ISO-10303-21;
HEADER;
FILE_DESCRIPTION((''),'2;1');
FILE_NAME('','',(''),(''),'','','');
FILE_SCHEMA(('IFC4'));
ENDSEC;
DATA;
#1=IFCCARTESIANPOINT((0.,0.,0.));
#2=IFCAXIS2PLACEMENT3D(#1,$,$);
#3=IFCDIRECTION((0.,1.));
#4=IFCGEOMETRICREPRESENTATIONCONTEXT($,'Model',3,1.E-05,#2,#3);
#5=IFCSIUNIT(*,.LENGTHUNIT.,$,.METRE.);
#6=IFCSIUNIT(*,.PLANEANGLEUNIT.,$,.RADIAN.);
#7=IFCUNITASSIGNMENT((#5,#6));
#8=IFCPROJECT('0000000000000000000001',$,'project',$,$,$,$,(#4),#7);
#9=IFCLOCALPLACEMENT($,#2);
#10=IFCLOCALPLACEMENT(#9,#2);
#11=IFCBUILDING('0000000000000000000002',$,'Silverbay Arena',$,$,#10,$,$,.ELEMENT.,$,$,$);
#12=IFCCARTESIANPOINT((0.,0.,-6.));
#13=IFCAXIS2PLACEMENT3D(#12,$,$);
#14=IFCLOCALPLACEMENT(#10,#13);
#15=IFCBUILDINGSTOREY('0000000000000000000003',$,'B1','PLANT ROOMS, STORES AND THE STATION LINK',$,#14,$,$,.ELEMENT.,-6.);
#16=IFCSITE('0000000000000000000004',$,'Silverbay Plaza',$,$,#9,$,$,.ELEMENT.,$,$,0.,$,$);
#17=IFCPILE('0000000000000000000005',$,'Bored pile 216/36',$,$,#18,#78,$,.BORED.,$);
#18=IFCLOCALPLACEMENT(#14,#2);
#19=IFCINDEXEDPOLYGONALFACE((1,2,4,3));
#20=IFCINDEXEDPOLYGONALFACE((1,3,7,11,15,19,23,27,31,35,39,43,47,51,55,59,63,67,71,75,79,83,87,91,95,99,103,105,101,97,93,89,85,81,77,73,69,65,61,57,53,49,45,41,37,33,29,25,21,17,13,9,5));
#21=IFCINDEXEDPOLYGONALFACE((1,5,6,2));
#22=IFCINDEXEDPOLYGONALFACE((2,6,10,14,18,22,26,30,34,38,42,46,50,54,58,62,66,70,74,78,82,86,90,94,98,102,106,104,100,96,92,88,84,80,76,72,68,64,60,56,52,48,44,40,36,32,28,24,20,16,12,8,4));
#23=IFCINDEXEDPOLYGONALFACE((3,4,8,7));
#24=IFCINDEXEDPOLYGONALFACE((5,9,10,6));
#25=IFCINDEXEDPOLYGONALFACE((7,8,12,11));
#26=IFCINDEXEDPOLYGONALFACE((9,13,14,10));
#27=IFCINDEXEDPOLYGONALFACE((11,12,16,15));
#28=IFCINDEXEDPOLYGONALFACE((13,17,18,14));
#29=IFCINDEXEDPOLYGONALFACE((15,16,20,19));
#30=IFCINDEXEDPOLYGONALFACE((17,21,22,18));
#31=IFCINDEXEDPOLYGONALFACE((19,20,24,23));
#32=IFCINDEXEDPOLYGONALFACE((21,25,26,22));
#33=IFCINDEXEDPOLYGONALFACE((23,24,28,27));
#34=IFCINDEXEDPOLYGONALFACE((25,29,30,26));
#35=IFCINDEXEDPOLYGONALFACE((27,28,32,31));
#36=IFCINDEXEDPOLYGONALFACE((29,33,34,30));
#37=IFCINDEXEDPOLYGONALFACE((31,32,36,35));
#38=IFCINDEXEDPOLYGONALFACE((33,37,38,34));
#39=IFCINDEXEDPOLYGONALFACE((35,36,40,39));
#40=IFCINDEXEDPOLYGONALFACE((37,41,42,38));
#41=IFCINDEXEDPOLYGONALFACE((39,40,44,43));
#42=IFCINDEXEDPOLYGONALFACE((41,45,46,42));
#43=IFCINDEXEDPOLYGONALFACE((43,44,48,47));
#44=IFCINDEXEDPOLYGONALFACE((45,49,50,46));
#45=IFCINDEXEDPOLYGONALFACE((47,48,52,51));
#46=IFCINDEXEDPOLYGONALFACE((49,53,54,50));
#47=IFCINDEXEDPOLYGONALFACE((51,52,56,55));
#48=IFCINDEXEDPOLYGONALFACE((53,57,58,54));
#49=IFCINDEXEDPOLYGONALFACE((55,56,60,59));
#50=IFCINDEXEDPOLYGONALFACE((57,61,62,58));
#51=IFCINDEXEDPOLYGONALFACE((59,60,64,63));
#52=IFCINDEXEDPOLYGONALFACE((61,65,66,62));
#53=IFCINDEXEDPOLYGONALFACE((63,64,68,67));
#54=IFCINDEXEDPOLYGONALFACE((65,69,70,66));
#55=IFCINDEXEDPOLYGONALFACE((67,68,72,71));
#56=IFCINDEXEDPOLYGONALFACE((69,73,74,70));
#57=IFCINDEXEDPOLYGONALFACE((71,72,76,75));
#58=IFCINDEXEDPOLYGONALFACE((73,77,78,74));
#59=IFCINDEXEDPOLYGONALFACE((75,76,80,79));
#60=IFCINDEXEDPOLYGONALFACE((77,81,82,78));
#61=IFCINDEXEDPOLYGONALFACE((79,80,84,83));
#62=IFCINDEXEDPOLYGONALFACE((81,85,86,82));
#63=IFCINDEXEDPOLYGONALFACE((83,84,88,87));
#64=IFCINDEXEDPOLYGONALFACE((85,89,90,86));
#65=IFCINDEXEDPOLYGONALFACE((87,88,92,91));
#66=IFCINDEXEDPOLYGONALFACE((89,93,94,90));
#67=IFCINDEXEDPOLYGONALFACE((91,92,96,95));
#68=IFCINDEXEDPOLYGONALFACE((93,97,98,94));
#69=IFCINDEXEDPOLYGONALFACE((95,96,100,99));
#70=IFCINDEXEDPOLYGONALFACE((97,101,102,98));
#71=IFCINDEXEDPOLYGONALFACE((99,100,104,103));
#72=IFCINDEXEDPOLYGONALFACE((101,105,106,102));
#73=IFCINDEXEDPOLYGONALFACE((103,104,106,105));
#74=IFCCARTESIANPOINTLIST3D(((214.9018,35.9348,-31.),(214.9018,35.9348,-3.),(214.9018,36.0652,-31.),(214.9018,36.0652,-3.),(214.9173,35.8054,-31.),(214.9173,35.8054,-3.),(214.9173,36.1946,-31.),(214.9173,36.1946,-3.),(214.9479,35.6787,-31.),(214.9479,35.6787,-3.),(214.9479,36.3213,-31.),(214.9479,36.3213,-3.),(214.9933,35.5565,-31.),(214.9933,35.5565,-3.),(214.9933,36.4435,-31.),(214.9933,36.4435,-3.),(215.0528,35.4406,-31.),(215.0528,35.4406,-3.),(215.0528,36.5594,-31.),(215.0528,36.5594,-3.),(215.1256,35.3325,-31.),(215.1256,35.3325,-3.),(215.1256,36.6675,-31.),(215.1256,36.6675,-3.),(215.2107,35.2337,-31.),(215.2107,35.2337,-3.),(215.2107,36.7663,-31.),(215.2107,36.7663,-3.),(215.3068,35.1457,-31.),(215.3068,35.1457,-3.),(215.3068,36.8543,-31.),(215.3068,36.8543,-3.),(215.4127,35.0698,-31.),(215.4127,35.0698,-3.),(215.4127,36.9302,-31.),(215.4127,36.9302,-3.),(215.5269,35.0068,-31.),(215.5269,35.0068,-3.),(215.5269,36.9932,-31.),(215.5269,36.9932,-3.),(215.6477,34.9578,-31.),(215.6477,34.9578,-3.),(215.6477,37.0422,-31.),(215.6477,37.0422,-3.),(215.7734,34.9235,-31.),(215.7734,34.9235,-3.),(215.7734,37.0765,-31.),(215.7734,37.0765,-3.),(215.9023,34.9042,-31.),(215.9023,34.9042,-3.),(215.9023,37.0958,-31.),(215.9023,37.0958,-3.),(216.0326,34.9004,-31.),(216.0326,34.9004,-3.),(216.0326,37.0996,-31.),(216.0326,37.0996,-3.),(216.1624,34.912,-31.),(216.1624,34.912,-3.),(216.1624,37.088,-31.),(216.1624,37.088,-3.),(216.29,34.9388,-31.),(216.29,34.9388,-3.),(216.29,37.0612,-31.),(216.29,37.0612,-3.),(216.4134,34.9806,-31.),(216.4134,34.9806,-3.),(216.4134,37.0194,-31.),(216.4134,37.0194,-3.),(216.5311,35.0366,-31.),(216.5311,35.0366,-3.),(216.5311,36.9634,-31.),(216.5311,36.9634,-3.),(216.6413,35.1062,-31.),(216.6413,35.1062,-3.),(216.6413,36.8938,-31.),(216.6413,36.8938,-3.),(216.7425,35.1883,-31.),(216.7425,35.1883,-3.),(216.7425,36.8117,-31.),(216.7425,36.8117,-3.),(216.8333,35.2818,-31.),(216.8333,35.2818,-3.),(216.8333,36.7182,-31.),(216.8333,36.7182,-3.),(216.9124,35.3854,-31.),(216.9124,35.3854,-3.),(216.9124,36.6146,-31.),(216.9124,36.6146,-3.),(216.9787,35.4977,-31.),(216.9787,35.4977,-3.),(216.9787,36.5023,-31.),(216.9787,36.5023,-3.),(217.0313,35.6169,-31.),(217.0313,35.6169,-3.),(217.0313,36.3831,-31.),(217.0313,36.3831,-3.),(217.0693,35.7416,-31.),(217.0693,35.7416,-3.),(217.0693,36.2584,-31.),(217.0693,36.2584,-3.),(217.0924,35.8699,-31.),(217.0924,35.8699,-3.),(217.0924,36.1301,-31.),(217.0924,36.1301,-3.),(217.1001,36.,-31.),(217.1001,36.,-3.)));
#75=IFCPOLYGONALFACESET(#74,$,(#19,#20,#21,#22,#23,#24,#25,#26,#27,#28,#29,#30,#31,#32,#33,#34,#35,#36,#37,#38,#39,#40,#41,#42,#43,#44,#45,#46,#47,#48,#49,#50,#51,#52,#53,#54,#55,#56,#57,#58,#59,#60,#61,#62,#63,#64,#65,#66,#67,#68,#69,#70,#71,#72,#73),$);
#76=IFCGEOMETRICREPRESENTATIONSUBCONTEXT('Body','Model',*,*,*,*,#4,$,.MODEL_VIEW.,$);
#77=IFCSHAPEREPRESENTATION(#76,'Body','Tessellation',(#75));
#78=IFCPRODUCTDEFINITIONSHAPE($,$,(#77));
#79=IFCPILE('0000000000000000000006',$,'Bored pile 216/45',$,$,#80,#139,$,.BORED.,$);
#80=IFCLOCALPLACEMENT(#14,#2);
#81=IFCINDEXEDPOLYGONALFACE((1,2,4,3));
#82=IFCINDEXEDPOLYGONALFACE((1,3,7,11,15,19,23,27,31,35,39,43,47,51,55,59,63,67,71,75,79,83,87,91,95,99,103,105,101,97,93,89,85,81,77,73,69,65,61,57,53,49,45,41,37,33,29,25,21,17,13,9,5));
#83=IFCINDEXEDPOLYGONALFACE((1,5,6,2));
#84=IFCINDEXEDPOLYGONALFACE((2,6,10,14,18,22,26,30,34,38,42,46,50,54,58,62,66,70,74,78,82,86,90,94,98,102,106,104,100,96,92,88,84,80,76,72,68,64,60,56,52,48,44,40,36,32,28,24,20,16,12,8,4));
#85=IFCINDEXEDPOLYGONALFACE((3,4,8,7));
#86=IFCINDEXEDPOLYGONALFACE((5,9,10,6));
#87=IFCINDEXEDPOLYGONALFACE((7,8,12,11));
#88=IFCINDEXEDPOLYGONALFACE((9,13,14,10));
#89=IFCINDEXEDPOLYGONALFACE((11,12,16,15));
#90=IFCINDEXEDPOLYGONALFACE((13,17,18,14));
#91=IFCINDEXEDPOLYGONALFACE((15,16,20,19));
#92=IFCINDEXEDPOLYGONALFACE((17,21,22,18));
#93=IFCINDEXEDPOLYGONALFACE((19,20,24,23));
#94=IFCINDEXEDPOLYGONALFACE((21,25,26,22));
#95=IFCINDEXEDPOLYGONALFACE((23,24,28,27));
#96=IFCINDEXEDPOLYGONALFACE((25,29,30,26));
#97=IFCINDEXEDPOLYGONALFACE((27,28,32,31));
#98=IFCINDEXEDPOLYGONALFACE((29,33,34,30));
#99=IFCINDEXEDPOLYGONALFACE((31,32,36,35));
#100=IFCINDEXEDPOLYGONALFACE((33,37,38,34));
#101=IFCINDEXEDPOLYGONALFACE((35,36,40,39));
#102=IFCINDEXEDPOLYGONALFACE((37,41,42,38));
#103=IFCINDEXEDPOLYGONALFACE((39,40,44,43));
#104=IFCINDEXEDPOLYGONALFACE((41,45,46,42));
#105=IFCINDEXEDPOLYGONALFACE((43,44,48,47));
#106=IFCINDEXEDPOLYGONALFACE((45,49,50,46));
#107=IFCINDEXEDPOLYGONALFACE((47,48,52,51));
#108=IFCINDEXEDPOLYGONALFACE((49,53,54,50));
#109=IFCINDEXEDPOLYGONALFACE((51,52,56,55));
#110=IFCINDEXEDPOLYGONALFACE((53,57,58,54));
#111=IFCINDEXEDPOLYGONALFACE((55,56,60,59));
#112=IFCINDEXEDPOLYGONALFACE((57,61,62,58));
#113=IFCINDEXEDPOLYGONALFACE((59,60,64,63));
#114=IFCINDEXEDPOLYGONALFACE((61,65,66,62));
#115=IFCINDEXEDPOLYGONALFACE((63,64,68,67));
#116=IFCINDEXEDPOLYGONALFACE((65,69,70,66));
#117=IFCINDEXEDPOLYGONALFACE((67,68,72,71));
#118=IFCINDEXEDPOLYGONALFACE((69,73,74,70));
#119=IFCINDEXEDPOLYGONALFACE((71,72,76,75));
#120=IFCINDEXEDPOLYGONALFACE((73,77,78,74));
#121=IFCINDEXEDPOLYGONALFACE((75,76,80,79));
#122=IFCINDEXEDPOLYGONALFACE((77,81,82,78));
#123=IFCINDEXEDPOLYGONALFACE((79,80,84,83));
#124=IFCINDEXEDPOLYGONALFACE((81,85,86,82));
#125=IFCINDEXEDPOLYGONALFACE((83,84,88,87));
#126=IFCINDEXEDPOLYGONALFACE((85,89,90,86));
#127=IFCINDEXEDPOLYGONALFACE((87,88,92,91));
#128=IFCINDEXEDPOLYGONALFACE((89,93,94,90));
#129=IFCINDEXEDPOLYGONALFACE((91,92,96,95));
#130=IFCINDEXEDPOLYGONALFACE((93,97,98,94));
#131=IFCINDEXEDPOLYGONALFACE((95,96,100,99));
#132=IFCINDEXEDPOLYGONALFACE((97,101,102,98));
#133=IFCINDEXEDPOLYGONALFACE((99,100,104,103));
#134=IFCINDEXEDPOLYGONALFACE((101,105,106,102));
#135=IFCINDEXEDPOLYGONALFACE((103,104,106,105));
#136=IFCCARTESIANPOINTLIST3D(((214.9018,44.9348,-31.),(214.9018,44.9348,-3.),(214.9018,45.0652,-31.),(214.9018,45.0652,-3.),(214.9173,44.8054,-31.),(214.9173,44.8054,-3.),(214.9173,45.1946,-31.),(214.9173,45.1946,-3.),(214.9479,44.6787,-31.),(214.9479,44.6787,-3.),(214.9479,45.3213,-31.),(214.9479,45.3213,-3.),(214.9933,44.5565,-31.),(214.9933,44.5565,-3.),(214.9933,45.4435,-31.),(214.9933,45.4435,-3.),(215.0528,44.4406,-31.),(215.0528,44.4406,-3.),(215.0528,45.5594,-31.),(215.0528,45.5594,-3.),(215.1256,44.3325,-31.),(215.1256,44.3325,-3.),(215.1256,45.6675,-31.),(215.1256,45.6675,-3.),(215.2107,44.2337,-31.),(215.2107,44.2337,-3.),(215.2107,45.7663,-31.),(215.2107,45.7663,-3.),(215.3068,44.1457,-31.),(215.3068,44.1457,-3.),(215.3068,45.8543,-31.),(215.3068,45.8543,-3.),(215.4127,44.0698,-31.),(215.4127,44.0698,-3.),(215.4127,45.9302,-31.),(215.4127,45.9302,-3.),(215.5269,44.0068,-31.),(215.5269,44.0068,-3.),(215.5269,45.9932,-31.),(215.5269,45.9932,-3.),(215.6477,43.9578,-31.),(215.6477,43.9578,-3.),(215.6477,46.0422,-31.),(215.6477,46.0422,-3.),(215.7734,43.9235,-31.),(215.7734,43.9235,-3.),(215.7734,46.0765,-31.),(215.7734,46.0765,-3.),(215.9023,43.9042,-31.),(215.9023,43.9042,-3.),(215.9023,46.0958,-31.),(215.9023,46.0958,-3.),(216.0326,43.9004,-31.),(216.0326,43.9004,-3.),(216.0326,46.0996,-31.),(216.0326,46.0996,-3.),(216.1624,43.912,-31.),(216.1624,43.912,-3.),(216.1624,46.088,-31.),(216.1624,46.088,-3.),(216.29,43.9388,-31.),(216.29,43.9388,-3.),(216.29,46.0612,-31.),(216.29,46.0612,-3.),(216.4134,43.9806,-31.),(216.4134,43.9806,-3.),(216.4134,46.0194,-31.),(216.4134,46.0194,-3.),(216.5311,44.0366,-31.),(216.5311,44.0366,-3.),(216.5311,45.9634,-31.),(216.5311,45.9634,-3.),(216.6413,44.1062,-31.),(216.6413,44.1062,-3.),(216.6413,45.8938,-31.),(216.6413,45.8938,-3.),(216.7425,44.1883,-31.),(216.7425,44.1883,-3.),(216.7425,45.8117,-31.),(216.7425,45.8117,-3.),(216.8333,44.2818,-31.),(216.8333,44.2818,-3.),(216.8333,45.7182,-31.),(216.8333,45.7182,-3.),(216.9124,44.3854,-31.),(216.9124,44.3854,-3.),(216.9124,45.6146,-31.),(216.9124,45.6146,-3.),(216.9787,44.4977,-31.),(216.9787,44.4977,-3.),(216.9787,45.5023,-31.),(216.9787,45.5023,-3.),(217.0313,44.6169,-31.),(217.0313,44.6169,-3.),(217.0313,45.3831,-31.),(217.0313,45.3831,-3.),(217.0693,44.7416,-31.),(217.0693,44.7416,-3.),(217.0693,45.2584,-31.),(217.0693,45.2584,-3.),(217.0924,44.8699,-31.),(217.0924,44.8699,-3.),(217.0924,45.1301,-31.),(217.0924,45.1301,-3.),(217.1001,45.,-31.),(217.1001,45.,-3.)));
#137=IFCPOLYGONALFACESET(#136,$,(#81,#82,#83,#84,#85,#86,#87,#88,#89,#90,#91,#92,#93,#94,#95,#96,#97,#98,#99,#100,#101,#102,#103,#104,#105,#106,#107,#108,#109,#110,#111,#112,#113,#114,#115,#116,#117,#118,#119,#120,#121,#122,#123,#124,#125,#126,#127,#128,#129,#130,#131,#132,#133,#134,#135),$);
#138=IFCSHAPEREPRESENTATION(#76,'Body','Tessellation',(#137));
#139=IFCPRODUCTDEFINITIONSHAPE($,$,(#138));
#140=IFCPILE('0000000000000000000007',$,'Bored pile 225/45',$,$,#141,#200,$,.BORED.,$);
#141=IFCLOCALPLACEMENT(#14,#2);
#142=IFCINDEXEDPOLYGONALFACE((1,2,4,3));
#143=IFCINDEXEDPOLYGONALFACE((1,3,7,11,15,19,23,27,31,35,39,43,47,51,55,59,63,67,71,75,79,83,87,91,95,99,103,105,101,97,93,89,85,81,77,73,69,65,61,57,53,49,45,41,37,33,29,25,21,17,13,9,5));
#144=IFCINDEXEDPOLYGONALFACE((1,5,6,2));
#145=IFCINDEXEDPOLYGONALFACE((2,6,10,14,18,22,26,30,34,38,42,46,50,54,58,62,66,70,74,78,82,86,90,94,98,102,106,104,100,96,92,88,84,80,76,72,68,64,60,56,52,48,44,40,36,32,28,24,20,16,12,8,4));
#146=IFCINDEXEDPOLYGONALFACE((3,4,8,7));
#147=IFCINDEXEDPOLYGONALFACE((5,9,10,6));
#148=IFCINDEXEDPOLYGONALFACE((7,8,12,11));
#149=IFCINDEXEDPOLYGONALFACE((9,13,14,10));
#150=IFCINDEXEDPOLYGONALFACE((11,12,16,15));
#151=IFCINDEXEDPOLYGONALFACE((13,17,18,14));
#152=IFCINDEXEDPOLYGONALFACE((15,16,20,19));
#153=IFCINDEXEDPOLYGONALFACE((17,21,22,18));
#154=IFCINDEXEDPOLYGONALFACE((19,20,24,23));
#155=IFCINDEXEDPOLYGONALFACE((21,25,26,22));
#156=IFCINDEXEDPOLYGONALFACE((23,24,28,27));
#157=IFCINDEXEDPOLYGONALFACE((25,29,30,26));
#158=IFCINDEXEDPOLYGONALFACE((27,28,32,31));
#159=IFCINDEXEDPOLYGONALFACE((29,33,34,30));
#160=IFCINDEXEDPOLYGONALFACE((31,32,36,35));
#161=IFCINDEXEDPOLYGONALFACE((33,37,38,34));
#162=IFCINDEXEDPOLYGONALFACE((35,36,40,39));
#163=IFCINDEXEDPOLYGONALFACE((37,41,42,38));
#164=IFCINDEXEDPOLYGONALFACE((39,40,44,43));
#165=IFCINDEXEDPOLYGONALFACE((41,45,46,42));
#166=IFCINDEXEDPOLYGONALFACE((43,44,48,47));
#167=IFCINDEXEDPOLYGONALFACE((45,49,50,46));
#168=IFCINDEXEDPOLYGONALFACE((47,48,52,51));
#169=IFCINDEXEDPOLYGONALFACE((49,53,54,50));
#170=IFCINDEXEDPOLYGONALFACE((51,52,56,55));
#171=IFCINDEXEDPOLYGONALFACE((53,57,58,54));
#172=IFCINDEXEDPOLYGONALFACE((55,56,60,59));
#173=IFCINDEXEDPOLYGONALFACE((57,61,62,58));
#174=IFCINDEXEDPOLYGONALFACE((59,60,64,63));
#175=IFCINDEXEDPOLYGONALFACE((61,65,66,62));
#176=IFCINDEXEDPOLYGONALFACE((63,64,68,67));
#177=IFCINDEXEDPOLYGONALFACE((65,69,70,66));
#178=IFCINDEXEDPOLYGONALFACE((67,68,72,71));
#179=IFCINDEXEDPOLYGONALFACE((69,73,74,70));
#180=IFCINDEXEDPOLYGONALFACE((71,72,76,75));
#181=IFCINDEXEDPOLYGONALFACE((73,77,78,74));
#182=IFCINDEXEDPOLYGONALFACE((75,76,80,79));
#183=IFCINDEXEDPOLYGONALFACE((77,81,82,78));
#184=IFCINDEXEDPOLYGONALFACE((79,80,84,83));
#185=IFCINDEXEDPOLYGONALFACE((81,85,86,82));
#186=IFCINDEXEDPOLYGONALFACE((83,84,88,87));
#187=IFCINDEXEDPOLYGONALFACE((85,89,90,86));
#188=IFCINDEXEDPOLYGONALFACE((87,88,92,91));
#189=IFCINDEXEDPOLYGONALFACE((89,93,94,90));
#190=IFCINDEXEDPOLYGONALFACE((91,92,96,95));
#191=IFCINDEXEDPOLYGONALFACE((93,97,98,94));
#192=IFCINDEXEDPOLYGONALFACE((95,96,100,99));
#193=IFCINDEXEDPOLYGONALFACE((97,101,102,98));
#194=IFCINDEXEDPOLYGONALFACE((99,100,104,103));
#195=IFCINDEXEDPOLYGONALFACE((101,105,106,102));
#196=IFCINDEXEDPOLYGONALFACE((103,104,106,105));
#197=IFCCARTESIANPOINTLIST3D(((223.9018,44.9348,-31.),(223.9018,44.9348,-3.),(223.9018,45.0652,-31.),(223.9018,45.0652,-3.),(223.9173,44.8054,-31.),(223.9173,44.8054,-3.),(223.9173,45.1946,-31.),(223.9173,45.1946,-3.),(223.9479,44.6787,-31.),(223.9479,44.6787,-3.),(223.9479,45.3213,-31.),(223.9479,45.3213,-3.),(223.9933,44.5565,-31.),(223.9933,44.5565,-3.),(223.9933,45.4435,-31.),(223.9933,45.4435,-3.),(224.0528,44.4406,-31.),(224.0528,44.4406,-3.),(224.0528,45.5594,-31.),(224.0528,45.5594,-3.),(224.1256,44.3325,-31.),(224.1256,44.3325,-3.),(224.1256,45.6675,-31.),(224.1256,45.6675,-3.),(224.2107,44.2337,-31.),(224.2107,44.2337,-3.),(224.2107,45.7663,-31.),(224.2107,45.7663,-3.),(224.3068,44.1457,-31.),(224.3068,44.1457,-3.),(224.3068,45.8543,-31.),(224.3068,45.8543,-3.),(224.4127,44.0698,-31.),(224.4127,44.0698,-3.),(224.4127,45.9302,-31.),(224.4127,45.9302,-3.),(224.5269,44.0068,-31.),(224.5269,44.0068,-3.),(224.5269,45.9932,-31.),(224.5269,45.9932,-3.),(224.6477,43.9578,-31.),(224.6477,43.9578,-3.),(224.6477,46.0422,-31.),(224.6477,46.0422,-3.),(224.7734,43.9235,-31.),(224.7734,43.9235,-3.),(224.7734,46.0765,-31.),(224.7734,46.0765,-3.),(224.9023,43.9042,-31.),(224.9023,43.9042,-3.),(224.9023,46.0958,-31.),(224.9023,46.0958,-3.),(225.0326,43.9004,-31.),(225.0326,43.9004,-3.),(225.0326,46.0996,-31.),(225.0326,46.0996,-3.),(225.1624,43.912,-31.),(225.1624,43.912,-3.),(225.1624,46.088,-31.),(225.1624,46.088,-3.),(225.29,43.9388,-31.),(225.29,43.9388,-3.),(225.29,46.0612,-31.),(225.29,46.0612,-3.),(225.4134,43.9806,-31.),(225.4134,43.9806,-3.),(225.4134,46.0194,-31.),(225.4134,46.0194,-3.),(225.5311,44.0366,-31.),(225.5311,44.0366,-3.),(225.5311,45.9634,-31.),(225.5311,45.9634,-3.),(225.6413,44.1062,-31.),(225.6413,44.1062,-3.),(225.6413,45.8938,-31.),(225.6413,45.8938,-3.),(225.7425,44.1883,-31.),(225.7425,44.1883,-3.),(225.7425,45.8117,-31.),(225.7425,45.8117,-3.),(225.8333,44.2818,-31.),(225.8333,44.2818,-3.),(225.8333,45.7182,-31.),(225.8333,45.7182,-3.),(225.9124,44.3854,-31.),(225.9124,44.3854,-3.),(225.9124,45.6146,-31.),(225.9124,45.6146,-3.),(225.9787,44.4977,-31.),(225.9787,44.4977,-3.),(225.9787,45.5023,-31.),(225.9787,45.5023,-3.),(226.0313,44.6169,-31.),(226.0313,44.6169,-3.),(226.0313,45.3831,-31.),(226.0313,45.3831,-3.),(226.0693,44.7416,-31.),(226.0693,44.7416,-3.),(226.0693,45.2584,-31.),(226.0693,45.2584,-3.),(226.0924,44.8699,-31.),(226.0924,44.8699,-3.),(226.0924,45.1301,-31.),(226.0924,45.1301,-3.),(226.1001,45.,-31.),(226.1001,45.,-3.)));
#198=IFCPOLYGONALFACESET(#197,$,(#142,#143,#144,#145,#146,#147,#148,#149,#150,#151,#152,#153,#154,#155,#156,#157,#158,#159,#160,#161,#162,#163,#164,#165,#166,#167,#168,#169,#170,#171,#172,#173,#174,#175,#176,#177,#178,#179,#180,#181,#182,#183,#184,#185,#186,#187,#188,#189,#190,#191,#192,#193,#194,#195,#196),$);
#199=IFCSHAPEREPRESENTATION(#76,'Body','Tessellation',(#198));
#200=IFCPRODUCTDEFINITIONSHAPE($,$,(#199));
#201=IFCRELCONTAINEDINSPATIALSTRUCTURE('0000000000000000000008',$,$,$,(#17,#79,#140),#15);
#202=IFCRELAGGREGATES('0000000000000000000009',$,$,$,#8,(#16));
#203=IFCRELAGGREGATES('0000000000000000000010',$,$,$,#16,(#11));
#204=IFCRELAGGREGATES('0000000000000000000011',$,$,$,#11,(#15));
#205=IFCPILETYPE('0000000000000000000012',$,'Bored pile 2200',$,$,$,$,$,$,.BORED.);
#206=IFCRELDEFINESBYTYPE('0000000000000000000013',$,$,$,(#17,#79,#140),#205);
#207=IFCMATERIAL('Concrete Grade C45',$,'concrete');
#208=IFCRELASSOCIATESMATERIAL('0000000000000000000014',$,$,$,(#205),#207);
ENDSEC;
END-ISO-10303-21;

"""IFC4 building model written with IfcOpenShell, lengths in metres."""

from ifc_helpers import new_model, si_unit, direction, frame, origin, origin_2d, place, context, subcontext, project, spatial, circle, extrude, material, material_profile, profile_set, type_object, element, save


model = new_model("IFC4")

# Units and contexts
model_context = context("Model", 3, precision=1e-05, world=origin(), true_north=direction((0.0, 1.0)))
body_context = subcontext(model_context, "Body", "Model", "MODEL_VIEW")
ifc_project = project(units=[si_unit("LENGTHUNIT", "METRE"), si_unit("PLANEANGLEUNIT", "RADIAN")], contexts=[model_context])

# Site, building, storey
site_placement = place(None, origin())
site = spatial("IfcSite", under=ifc_project, at=site_placement, Name="Silverbay Plaza", CompositionType="ELEMENT", RefElevation=0.0)
building_placement = place(site_placement, origin())
building = spatial("IfcBuilding", under=site, at=building_placement, Name="Silverbay Arena", CompositionType="ELEMENT")
storey_placement = place(building_placement, frame((0.0, 0.0, -6.0)))
storey = spatial("IfcBuildingStorey", under=building, at=storey_placement, Name="B1", Description="PLANT ROOMS, STORES AND THE STATION LINK", CompositionType="ELEMENT", Elevation=-6.0)

# Piles
ifc_material_1 = material(Name="Concrete Grade C45", Category="concrete")
ifc_material_profile_1 = material_profile(ifc_material_1, circle(Radius=1.1001, at=origin_2d()), Name="Bored pile 2200")
ifc_profile_set_1 = profile_set([ifc_material_profile_1], Name="Concrete Grade C45")
pile_type_1 = type_object("IfcPileType", Name="Bored pile 2200", PredefinedType="BORED", material=ifc_profile_set_1)
for number, where, z_axis, x_axis, name in (
    (1, (216.0, 36.0, -3.0), (0.0, 0.0, -1.0), (1.0, 0.0, 0.0), "Bored pile 216/36"),
    (2, (216.0, 45.0, -3.0), (0.0, 0.0, -1.0), (1.0, 0.0, 0.0), "Bored pile 216/45"),
    (3, (225.0, 45.0, -3.0), (0.0, 0.0, -1.0), (1.0, 0.0, 0.0), "Bored pile 225/45"),
):
    element("IfcPile", number, at=place(storey_placement, frame(where, z_axis=z_axis, x_axis=x_axis)), inside=storey, type_object=pile_type_1, Name=name, PredefinedType="BORED", context=body_context, shape_type="SweptSolid", body=[
        extrude(circle(Radius=1.1001, at=origin_2d()), origin(), (0.0, 0.0, 1.0), 28.0),
    ])

save(model, "model.ifc")
